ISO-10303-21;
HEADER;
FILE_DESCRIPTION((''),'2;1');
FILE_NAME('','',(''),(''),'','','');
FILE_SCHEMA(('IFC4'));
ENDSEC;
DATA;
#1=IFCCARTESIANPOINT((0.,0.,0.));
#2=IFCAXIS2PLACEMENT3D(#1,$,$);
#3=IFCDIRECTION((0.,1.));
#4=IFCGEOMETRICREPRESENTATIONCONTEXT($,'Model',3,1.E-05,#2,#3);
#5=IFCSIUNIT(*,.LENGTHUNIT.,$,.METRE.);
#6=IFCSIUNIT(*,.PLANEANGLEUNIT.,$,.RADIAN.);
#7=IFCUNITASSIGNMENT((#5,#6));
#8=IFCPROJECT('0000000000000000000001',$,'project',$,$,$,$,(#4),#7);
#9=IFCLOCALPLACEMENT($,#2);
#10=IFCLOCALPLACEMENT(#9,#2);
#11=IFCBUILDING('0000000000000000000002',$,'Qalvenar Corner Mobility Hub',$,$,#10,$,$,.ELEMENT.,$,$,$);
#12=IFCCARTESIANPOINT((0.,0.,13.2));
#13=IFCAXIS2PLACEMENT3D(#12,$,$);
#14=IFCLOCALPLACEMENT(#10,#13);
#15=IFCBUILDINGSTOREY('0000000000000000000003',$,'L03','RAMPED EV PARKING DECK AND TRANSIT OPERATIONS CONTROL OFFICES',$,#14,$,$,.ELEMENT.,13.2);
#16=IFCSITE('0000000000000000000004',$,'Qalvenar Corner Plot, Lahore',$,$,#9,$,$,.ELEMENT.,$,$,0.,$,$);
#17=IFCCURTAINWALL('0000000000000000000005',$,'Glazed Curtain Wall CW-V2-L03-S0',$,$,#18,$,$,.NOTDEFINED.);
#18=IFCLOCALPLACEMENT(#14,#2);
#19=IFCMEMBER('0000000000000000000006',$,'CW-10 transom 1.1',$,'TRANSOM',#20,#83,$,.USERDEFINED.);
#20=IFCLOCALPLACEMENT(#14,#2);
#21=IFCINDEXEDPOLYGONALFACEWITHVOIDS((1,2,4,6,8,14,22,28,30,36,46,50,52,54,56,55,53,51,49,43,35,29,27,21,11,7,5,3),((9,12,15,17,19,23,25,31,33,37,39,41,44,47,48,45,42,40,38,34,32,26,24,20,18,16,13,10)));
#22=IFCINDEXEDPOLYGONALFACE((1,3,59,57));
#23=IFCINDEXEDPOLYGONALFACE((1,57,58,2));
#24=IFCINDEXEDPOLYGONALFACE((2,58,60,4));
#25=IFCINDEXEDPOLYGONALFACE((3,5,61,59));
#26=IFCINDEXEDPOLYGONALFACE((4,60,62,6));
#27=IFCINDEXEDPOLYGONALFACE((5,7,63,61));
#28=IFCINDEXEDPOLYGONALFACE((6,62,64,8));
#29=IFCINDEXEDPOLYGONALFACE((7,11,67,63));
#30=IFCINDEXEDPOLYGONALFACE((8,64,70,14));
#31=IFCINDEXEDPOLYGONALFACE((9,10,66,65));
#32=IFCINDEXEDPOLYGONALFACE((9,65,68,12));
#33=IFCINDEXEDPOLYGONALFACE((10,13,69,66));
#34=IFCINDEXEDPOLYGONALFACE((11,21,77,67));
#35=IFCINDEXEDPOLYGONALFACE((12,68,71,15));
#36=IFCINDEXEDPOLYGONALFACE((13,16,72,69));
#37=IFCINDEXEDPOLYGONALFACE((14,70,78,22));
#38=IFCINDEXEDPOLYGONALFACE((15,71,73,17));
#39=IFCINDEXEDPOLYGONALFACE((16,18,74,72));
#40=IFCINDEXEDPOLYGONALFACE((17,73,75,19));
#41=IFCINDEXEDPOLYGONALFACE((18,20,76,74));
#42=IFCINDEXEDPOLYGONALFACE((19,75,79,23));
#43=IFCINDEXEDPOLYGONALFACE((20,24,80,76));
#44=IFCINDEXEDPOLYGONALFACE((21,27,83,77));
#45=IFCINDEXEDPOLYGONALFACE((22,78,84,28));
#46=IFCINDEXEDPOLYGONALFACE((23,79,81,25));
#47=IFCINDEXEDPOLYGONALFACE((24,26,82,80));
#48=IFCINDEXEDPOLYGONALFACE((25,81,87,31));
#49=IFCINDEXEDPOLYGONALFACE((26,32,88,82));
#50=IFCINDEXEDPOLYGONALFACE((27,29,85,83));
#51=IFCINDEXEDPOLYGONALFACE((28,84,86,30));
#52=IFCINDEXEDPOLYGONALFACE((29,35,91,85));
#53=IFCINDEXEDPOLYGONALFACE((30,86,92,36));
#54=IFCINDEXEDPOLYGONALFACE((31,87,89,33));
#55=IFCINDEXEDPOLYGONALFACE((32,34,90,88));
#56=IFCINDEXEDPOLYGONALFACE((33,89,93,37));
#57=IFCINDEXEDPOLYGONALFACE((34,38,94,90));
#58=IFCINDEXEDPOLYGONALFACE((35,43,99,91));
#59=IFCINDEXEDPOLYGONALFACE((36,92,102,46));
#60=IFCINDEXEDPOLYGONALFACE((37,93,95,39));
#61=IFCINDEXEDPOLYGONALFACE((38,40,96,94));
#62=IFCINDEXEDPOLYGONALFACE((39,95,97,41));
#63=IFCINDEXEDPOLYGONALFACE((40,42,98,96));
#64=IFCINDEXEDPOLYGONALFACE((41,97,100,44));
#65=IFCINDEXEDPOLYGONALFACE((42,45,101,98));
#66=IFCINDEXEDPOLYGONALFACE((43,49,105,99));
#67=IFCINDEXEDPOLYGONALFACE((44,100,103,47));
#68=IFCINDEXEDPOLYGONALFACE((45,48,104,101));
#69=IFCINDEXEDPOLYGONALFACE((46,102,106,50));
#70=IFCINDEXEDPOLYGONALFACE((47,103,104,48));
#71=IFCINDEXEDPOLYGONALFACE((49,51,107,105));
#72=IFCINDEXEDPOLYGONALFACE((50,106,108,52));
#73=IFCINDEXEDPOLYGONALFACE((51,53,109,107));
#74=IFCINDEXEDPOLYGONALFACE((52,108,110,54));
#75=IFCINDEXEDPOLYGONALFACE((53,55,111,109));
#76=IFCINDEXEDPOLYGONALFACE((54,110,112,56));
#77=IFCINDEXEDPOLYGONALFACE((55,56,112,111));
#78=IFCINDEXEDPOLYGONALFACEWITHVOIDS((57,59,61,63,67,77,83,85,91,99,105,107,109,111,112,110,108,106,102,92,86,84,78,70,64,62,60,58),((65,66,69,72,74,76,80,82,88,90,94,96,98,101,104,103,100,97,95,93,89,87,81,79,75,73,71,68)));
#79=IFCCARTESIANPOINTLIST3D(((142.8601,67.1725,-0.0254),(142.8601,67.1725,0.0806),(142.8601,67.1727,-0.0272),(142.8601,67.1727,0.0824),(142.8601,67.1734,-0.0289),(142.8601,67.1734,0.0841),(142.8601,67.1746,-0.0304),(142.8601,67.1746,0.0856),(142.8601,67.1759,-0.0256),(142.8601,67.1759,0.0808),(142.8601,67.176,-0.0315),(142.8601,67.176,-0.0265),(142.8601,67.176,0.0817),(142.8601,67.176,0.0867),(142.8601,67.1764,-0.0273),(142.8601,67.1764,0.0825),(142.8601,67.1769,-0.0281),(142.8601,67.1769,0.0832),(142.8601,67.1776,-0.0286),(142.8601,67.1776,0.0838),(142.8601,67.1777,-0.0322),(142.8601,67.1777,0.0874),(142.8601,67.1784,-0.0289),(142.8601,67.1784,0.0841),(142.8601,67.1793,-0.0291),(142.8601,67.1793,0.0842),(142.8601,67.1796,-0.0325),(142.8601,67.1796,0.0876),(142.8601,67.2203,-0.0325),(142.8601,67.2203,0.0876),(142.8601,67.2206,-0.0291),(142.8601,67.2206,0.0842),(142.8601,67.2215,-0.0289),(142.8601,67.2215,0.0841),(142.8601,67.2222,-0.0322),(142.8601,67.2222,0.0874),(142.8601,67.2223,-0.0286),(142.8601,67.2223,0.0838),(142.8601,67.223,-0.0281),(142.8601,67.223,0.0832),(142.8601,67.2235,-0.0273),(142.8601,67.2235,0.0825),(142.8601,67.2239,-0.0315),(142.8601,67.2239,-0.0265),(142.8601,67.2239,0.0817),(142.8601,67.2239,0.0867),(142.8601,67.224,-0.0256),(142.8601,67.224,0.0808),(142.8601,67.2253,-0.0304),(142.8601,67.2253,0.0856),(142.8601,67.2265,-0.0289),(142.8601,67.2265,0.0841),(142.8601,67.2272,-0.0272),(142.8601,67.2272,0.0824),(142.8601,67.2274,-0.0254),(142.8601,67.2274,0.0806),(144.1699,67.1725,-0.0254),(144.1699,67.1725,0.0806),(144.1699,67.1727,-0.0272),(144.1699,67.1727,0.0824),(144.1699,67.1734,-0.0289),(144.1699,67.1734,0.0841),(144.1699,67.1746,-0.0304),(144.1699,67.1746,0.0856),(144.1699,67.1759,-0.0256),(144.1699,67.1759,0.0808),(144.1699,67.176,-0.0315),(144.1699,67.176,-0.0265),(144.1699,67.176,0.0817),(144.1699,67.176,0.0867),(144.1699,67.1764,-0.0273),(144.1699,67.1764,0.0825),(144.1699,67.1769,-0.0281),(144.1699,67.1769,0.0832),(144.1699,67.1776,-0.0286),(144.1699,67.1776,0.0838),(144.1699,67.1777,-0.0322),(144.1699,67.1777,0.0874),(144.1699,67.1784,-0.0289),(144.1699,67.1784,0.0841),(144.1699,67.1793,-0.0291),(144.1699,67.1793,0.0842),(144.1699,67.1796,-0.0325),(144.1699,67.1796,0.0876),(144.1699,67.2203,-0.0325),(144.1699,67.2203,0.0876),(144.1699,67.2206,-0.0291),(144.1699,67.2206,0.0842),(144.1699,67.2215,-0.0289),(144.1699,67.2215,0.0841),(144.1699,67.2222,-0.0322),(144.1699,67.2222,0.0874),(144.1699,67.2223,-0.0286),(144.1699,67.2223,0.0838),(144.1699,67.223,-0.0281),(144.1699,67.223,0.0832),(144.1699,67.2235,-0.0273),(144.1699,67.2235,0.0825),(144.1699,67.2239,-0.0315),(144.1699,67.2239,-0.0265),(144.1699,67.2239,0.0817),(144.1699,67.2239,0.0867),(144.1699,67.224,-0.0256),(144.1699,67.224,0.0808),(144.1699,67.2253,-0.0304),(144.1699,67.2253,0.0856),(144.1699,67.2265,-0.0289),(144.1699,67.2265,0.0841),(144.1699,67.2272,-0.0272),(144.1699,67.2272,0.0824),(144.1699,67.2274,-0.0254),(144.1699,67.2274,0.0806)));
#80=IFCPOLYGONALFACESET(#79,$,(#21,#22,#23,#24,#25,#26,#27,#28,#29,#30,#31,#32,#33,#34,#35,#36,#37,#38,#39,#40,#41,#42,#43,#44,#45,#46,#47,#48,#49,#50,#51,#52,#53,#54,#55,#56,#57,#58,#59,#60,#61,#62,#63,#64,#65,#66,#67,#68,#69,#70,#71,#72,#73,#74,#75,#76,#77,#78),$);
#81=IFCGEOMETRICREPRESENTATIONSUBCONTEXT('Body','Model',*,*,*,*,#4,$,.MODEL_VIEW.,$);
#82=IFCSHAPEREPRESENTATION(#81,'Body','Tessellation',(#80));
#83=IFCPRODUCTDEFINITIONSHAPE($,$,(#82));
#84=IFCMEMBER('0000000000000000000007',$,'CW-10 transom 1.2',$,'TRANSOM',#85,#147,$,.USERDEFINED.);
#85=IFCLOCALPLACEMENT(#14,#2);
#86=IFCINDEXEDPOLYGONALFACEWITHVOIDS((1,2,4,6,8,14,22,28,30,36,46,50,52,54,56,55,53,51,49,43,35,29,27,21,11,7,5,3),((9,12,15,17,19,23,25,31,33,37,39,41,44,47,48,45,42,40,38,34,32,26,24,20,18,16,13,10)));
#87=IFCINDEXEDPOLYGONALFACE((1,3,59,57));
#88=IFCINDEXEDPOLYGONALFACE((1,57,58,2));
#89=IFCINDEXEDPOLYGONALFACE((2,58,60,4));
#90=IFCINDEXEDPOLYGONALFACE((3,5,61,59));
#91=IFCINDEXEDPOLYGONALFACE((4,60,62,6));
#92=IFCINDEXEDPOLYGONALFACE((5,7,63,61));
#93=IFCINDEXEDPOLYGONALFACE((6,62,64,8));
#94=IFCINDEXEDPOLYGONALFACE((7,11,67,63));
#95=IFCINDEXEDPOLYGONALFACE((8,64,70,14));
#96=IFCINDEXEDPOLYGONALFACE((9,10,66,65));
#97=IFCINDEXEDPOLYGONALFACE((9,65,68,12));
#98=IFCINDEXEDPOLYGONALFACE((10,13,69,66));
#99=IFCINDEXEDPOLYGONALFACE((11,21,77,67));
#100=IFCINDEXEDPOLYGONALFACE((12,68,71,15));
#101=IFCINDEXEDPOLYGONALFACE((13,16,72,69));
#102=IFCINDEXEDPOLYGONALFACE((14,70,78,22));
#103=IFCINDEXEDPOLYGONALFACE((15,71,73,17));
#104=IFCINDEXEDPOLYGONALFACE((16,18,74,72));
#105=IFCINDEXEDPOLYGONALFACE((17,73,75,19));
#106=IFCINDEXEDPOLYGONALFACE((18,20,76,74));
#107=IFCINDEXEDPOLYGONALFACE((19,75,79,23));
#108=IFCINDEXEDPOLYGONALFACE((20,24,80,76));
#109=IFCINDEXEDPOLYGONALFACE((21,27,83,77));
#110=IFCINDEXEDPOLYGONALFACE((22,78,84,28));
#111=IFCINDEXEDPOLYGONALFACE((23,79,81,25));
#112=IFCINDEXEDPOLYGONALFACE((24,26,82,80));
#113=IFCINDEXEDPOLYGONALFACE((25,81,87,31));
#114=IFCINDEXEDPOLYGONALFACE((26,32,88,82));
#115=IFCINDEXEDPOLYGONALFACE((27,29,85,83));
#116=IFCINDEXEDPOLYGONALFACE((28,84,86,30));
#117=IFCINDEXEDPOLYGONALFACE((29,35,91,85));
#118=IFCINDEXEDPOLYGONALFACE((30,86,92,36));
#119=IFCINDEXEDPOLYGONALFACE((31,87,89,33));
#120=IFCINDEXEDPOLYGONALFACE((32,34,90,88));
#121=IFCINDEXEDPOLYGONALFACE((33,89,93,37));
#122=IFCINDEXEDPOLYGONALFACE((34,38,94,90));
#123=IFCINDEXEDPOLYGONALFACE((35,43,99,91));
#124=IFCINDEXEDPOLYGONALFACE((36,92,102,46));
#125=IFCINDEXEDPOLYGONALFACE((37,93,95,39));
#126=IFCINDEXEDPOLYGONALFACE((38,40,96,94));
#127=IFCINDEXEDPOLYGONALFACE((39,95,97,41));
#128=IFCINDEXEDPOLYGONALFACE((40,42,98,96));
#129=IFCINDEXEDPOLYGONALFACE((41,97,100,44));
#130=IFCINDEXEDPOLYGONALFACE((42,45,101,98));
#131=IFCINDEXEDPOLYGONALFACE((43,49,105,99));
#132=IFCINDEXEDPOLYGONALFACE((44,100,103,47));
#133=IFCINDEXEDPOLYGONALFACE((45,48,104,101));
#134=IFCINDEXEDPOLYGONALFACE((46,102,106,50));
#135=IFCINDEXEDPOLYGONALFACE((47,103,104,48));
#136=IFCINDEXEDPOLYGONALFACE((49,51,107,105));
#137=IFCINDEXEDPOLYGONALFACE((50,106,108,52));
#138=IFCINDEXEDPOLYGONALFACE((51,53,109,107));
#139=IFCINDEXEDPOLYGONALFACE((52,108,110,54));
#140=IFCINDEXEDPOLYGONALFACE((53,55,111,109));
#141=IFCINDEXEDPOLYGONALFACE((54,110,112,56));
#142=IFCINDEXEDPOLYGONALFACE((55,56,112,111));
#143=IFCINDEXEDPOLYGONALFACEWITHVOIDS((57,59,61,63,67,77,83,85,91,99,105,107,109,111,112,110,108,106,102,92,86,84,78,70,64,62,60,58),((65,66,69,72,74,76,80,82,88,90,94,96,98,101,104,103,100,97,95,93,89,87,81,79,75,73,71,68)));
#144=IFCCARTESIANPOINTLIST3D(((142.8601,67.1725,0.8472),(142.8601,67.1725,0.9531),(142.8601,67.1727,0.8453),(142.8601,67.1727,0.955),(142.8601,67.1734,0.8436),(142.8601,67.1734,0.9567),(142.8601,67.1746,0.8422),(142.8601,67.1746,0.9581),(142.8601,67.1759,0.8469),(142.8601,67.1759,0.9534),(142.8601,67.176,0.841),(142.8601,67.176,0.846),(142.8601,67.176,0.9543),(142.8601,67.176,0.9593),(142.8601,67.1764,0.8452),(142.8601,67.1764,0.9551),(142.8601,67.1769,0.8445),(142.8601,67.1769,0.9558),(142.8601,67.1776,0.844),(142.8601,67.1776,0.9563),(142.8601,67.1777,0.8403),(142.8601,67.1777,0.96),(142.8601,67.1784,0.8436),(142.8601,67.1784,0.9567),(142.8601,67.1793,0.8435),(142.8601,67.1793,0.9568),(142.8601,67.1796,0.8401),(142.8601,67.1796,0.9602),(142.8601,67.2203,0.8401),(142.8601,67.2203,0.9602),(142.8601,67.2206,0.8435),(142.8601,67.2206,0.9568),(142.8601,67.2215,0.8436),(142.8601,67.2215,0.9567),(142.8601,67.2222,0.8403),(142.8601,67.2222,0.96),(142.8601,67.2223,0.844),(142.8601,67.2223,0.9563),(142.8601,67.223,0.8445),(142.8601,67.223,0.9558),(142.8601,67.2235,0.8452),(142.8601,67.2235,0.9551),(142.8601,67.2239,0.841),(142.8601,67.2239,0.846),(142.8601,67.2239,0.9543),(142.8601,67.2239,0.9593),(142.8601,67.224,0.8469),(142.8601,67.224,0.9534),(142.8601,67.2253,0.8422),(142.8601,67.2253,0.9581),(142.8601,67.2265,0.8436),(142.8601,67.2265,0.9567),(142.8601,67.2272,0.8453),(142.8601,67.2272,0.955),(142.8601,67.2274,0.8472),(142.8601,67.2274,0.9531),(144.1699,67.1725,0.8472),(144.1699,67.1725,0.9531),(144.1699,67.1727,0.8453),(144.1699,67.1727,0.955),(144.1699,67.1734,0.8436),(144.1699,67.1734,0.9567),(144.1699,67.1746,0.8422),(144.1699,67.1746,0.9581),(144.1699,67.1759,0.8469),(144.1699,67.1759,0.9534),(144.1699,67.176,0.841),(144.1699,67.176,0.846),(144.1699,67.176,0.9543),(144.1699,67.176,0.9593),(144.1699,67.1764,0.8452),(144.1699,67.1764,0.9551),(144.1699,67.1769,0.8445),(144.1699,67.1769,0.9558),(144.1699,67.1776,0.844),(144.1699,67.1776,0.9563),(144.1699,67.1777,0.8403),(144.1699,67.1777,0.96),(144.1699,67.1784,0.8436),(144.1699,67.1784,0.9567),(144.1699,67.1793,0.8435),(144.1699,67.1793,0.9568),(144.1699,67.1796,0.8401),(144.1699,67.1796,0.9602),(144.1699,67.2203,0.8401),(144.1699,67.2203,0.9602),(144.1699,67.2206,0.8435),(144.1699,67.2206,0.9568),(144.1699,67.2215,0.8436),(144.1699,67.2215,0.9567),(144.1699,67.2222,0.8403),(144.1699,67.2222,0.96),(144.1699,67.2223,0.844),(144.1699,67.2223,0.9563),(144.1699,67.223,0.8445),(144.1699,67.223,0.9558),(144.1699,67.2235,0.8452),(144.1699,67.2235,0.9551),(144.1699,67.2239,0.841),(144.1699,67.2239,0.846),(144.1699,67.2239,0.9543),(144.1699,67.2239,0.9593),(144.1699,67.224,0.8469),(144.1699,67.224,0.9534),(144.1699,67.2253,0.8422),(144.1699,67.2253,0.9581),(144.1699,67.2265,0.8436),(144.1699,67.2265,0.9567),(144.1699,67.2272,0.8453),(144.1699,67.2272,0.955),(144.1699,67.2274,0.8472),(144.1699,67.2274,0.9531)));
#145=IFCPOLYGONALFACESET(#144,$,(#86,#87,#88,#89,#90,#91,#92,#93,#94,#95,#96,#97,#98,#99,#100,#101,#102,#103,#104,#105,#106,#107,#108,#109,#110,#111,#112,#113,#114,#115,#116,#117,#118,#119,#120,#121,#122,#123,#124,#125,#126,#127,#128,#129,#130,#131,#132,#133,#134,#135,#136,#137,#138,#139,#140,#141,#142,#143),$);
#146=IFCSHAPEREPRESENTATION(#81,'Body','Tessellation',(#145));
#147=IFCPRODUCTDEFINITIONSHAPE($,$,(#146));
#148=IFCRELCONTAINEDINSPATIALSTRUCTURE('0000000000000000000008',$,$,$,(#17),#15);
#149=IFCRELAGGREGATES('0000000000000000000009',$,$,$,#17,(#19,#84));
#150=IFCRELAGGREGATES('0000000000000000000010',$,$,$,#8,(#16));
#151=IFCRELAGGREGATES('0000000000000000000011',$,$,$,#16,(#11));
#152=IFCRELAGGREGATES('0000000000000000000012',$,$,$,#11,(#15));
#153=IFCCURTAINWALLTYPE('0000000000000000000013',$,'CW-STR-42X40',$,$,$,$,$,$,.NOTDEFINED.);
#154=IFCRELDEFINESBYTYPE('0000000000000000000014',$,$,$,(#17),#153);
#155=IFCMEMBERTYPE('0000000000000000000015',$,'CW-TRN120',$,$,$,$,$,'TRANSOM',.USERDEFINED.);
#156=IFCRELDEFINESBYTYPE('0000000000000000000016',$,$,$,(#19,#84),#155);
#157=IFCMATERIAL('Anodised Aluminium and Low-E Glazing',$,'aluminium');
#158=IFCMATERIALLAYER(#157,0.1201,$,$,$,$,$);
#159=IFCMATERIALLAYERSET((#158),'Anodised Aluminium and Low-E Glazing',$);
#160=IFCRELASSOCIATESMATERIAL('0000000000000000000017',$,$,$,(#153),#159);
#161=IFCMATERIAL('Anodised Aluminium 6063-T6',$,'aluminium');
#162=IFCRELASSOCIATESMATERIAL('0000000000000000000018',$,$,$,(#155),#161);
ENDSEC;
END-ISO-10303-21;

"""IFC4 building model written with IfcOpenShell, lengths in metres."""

from ifc_helpers import new_model, si_unit, direction, frame, origin, origin_2d, place, context, subcontext, project, spatial, hollow_rectangle, extrude, material, layer, layer_set, material_profile, profile_set, type_object, element, aggregate, save


model = new_model("IFC4")

# Units and contexts
model_context = context("Model", 3, precision=1e-05, world=origin(), true_north=direction((0.0, 1.0)))
body_context = subcontext(model_context, "Body", "Model", "MODEL_VIEW")
ifc_project = project(units=[si_unit("LENGTHUNIT", "METRE"), si_unit("PLANEANGLEUNIT", "RADIAN")], contexts=[model_context])

# Site, building, storey
site_placement = place(None, origin())
site = spatial("IfcSite", under=ifc_project, at=site_placement, Name="Qalvenar Corner Plot, Lahore", CompositionType="ELEMENT", RefElevation=0.0)
building_placement = place(site_placement, origin())
building = spatial("IfcBuilding", under=site, at=building_placement, Name="Qalvenar Corner Mobility Hub", CompositionType="ELEMENT")
storey_placement = place(building_placement, frame((0.0, 0.0, 13.2)))
storey = spatial("IfcBuildingStorey", under=building, at=storey_placement, Name="L03", Description="RAMPED EV PARKING DECK AND TRANSIT OPERATIONS CONTROL OFFICES", CompositionType="ELEMENT", Elevation=13.2)

# Curtain wall, members
ifc_material_1 = material(Name="Anodised Aluminium and Low-E Glazing", Category="aluminium")
ifc_layer_1 = layer(ifc_material_1, 0.1201)
ifc_layer_set_1 = layer_set([ifc_layer_1], Name="Anodised Aluminium and Low-E Glazing")
curtain_wall_type = type_object("IfcCurtainWallType", Name="CW-STR-42X40", PredefinedType="NOTDEFINED", material=ifc_layer_set_1)
curtain_wall_placement = place(storey_placement, origin())
curtain_wall = element("IfcCurtainWall", 1, at=curtain_wall_placement, inside=storey, type_object=curtain_wall_type, Name="Glazed Curtain Wall CW-V2-L03-S0", PredefinedType="NOTDEFINED")
ifc_material_2 = material(Name="Anodised Aluminium 6063-T6", Category="aluminium")
ifc_material_profile_1 = material_profile(ifc_material_2, hollow_rectangle(XDim=0.0549, YDim=0.1201, WallThickness=0.0034, InnerFilletRadius=0.0034, OuterFilletRadius=0.0071, at=origin_2d()), Name="RHS120x55x3.5")
ifc_profile_set_1 = profile_set([ifc_material_profile_1], Name="Anodised Aluminium 6063-T6")
member_type_1 = type_object("IfcMemberType", Name="CW-TRN120", ElementType="TRANSOM", PredefinedType="USERDEFINED", material=ifc_profile_set_1)
member_1_placement = place(storey_placement, frame((142.8601, 67.2, 0.0276), z_axis=(1.0, 0.0, 0.0), x_axis=(0.0, 1.0, 0.0)))
member_1 = element("IfcMember", 2, at=member_1_placement, type_object=member_type_1, Name="CW-10 transom 1.1", ObjectType="TRANSOM", PredefinedType="USERDEFINED", context=body_context, shape_type="SweptSolid", body=[
    extrude(hollow_rectangle(XDim=0.0549, YDim=0.1201, WallThickness=0.0034, InnerFilletRadius=0.0034, OuterFilletRadius=0.0071, at=origin_2d()), origin(), (0.0, 0.0, 1.0), 1.3098),
])
member_2_placement = place(storey_placement, frame((142.8601, 67.2, 0.9001), z_axis=(1.0, 0.0, 0.0), x_axis=(0.0, 1.0, 0.0)))
member_2 = element("IfcMember", 3, at=member_2_placement, type_object=member_type_1, Name="CW-10 transom 1.2", ObjectType="TRANSOM", PredefinedType="USERDEFINED", context=body_context, shape_type="SweptSolid", body=[
    extrude(hollow_rectangle(XDim=0.0549, YDim=0.1201, WallThickness=0.0034, InnerFilletRadius=0.0034, OuterFilletRadius=0.0071, at=origin_2d()), origin(), (0.0, 0.0, 1.0), 1.3098),
])

aggregate(curtain_wall, [member_1, member_2])

save(model, "model.ifc")
